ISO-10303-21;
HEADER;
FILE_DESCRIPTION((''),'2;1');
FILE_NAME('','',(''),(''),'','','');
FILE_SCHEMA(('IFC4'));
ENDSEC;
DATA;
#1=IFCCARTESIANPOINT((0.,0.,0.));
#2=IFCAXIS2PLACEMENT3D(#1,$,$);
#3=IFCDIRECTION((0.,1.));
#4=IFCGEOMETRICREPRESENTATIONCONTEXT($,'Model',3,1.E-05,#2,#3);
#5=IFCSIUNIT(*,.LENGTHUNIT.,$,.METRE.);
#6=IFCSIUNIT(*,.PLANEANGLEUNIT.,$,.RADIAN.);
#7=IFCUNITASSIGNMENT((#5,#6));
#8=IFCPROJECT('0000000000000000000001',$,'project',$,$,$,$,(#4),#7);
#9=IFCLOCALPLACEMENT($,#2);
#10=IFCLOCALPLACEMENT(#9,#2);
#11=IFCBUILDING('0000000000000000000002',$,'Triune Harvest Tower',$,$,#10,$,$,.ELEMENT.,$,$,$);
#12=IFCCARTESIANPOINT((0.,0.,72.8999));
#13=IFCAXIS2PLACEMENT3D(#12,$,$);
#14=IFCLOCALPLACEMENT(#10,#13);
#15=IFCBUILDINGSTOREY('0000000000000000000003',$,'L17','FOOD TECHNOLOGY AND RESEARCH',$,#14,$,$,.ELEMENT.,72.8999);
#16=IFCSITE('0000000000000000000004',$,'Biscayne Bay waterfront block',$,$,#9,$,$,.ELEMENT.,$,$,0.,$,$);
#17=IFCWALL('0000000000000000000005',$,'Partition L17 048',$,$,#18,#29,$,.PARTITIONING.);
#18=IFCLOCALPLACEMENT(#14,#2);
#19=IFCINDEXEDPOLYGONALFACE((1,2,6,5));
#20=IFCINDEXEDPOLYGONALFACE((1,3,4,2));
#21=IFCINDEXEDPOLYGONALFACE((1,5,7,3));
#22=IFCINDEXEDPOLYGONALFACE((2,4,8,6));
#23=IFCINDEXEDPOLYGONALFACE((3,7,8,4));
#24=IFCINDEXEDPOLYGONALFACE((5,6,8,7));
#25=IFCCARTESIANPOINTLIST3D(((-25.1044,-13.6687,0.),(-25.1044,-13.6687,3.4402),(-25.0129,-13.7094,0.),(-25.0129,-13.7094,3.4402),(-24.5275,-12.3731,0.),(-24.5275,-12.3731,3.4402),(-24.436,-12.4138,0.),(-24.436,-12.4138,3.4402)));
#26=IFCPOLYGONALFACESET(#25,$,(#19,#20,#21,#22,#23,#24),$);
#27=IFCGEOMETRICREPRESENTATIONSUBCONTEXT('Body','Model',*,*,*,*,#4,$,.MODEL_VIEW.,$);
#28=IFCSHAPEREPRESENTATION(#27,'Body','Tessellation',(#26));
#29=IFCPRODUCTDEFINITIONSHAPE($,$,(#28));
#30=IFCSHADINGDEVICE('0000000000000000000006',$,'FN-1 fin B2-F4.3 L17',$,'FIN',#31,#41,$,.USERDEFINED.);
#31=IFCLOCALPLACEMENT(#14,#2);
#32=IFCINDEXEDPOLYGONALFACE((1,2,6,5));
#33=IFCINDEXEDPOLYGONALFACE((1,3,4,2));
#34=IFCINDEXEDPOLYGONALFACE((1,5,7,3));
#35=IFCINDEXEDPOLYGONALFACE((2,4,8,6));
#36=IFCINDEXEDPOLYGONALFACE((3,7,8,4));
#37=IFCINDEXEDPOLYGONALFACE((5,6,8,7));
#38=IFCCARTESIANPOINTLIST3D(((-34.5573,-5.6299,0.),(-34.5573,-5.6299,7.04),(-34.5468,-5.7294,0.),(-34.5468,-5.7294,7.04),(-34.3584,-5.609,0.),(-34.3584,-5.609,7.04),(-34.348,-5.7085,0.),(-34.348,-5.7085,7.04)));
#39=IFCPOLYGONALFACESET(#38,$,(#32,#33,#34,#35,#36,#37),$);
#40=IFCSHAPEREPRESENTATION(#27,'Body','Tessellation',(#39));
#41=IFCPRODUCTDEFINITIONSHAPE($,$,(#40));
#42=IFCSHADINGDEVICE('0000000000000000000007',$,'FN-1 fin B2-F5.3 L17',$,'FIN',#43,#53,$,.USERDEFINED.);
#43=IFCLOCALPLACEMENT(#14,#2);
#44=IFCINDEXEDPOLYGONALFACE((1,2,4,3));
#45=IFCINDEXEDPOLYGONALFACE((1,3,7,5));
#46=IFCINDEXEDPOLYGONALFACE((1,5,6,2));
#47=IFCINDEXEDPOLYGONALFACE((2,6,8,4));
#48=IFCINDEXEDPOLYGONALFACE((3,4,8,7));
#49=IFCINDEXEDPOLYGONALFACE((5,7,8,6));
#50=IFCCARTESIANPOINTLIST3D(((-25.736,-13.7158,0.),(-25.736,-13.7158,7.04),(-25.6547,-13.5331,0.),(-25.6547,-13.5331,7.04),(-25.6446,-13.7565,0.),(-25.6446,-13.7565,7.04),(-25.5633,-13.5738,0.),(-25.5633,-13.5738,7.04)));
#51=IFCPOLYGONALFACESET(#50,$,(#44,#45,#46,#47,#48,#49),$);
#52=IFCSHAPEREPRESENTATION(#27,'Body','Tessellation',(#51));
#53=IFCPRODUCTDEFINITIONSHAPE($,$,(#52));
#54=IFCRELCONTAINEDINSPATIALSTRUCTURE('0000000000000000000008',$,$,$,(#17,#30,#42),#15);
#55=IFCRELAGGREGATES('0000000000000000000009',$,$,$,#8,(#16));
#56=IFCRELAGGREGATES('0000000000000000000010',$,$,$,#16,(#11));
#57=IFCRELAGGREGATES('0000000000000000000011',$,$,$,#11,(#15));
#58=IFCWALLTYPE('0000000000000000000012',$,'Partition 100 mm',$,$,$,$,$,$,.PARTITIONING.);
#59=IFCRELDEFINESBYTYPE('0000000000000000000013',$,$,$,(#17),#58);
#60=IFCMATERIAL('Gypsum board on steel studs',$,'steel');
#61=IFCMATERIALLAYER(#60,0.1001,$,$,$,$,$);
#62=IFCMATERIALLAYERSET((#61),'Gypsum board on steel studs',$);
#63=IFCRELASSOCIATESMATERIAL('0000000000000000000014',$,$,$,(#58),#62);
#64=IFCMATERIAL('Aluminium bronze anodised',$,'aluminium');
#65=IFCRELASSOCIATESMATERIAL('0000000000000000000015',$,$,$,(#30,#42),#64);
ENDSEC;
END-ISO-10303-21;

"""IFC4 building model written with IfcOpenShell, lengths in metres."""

from ifc_helpers import new_model, si_unit, direction, frame, frame_2d, origin, origin_2d, place, context, subcontext, project, spatial, rectangle, extrude, source, transform, mapped, material, layer, layer_set, type_object, element, save


model = new_model("IFC4")

# Units and contexts
model_context = context("Model", 3, precision=1e-05, world=origin(), true_north=direction((0.0, 1.0)))
body_context = subcontext(model_context, "Body", "Model", "MODEL_VIEW")
ifc_project = project(units=[si_unit("LENGTHUNIT", "METRE"), si_unit("PLANEANGLEUNIT", "RADIAN")], contexts=[model_context])

# Site, building, storey
site_placement = place(None, origin())
site = spatial("IfcSite", under=ifc_project, at=site_placement, Name="Biscayne Bay waterfront block", CompositionType="ELEMENT", RefElevation=0.0)
building_placement = place(site_placement, origin())
building = spatial("IfcBuilding", under=site, at=building_placement, Name="Triune Harvest Tower", CompositionType="ELEMENT")
storey_placement = place(building_placement, frame((0.0, 0.0, 72.8999)))
storey = spatial("IfcBuildingStorey", under=building, at=storey_placement, Name="L17", Description="FOOD TECHNOLOGY AND RESEARCH", CompositionType="ELEMENT", Elevation=72.8999)

# Wall
ifc_material_1 = material(Name="Gypsum board on steel studs", Category="steel")
ifc_layer_1 = layer(ifc_material_1, 0.1001)
ifc_layer_set_1 = layer_set([ifc_layer_1], Name="Gypsum board on steel studs")
wall_type = type_object("IfcWallType", Name="Partition 100 mm", PredefinedType="PARTITIONING", material=ifc_layer_set_1)
wall_placement = place(storey_placement, frame((-25.0586, -13.689, 0.0), z_axis=(0.0, 0.0, 1.0), x_axis=(0.406761, 0.913534, 0.0)))
element("IfcWall", 1, at=wall_placement, inside=storey, type_object=wall_type, Name="Partition L17 048", PredefinedType="PARTITIONING", context=body_context, shape_type="SweptSolid", body=[
    extrude(rectangle(XDim=1.4182, YDim=0.1001, at=frame_2d((0.709, 0.0))), origin(), (0.0, 0.0, 1.0), 3.4402),
])

# Shading devices
ifc_material_2 = material(Name="Aluminium bronze anodised", Category="aluminium")
shared_shape_1 = source(origin(), body_context, "Body", "SweptSolid", [
    extrude(rectangle(XDim=0.1001, YDim=0.2, at=origin_2d()), origin(), (0.0, 0.0, 1.0), 7.04),
])
for number, where, z_axis, x_axis, name in (
    (2, (-34.4526, -5.6692, 0.0), (0.0, 0.0, 1.0), (0.104529, -0.994522, 0.0), "FN-1 fin B2-F4.3 L17"),
    (3, (-25.6497, -13.6448, 0.0), (0.0, 0.0, 1.0), (0.913545, -0.406737, 0.0), "FN-1 fin B2-F5.3 L17"),
):
    element("IfcShadingDevice", number, at=place(storey_placement, frame(where, z_axis=z_axis, x_axis=x_axis)), inside=storey, material=ifc_material_2, Name=name, ObjectType="FIN", PredefinedType="USERDEFINED", context=body_context, shape_type="MappedRepresentation", body=[
        mapped(shared_shape_1, transform((0.0, 0.0, 0.0), scale=1.0)),
    ])

save(model, "model.ifc")
